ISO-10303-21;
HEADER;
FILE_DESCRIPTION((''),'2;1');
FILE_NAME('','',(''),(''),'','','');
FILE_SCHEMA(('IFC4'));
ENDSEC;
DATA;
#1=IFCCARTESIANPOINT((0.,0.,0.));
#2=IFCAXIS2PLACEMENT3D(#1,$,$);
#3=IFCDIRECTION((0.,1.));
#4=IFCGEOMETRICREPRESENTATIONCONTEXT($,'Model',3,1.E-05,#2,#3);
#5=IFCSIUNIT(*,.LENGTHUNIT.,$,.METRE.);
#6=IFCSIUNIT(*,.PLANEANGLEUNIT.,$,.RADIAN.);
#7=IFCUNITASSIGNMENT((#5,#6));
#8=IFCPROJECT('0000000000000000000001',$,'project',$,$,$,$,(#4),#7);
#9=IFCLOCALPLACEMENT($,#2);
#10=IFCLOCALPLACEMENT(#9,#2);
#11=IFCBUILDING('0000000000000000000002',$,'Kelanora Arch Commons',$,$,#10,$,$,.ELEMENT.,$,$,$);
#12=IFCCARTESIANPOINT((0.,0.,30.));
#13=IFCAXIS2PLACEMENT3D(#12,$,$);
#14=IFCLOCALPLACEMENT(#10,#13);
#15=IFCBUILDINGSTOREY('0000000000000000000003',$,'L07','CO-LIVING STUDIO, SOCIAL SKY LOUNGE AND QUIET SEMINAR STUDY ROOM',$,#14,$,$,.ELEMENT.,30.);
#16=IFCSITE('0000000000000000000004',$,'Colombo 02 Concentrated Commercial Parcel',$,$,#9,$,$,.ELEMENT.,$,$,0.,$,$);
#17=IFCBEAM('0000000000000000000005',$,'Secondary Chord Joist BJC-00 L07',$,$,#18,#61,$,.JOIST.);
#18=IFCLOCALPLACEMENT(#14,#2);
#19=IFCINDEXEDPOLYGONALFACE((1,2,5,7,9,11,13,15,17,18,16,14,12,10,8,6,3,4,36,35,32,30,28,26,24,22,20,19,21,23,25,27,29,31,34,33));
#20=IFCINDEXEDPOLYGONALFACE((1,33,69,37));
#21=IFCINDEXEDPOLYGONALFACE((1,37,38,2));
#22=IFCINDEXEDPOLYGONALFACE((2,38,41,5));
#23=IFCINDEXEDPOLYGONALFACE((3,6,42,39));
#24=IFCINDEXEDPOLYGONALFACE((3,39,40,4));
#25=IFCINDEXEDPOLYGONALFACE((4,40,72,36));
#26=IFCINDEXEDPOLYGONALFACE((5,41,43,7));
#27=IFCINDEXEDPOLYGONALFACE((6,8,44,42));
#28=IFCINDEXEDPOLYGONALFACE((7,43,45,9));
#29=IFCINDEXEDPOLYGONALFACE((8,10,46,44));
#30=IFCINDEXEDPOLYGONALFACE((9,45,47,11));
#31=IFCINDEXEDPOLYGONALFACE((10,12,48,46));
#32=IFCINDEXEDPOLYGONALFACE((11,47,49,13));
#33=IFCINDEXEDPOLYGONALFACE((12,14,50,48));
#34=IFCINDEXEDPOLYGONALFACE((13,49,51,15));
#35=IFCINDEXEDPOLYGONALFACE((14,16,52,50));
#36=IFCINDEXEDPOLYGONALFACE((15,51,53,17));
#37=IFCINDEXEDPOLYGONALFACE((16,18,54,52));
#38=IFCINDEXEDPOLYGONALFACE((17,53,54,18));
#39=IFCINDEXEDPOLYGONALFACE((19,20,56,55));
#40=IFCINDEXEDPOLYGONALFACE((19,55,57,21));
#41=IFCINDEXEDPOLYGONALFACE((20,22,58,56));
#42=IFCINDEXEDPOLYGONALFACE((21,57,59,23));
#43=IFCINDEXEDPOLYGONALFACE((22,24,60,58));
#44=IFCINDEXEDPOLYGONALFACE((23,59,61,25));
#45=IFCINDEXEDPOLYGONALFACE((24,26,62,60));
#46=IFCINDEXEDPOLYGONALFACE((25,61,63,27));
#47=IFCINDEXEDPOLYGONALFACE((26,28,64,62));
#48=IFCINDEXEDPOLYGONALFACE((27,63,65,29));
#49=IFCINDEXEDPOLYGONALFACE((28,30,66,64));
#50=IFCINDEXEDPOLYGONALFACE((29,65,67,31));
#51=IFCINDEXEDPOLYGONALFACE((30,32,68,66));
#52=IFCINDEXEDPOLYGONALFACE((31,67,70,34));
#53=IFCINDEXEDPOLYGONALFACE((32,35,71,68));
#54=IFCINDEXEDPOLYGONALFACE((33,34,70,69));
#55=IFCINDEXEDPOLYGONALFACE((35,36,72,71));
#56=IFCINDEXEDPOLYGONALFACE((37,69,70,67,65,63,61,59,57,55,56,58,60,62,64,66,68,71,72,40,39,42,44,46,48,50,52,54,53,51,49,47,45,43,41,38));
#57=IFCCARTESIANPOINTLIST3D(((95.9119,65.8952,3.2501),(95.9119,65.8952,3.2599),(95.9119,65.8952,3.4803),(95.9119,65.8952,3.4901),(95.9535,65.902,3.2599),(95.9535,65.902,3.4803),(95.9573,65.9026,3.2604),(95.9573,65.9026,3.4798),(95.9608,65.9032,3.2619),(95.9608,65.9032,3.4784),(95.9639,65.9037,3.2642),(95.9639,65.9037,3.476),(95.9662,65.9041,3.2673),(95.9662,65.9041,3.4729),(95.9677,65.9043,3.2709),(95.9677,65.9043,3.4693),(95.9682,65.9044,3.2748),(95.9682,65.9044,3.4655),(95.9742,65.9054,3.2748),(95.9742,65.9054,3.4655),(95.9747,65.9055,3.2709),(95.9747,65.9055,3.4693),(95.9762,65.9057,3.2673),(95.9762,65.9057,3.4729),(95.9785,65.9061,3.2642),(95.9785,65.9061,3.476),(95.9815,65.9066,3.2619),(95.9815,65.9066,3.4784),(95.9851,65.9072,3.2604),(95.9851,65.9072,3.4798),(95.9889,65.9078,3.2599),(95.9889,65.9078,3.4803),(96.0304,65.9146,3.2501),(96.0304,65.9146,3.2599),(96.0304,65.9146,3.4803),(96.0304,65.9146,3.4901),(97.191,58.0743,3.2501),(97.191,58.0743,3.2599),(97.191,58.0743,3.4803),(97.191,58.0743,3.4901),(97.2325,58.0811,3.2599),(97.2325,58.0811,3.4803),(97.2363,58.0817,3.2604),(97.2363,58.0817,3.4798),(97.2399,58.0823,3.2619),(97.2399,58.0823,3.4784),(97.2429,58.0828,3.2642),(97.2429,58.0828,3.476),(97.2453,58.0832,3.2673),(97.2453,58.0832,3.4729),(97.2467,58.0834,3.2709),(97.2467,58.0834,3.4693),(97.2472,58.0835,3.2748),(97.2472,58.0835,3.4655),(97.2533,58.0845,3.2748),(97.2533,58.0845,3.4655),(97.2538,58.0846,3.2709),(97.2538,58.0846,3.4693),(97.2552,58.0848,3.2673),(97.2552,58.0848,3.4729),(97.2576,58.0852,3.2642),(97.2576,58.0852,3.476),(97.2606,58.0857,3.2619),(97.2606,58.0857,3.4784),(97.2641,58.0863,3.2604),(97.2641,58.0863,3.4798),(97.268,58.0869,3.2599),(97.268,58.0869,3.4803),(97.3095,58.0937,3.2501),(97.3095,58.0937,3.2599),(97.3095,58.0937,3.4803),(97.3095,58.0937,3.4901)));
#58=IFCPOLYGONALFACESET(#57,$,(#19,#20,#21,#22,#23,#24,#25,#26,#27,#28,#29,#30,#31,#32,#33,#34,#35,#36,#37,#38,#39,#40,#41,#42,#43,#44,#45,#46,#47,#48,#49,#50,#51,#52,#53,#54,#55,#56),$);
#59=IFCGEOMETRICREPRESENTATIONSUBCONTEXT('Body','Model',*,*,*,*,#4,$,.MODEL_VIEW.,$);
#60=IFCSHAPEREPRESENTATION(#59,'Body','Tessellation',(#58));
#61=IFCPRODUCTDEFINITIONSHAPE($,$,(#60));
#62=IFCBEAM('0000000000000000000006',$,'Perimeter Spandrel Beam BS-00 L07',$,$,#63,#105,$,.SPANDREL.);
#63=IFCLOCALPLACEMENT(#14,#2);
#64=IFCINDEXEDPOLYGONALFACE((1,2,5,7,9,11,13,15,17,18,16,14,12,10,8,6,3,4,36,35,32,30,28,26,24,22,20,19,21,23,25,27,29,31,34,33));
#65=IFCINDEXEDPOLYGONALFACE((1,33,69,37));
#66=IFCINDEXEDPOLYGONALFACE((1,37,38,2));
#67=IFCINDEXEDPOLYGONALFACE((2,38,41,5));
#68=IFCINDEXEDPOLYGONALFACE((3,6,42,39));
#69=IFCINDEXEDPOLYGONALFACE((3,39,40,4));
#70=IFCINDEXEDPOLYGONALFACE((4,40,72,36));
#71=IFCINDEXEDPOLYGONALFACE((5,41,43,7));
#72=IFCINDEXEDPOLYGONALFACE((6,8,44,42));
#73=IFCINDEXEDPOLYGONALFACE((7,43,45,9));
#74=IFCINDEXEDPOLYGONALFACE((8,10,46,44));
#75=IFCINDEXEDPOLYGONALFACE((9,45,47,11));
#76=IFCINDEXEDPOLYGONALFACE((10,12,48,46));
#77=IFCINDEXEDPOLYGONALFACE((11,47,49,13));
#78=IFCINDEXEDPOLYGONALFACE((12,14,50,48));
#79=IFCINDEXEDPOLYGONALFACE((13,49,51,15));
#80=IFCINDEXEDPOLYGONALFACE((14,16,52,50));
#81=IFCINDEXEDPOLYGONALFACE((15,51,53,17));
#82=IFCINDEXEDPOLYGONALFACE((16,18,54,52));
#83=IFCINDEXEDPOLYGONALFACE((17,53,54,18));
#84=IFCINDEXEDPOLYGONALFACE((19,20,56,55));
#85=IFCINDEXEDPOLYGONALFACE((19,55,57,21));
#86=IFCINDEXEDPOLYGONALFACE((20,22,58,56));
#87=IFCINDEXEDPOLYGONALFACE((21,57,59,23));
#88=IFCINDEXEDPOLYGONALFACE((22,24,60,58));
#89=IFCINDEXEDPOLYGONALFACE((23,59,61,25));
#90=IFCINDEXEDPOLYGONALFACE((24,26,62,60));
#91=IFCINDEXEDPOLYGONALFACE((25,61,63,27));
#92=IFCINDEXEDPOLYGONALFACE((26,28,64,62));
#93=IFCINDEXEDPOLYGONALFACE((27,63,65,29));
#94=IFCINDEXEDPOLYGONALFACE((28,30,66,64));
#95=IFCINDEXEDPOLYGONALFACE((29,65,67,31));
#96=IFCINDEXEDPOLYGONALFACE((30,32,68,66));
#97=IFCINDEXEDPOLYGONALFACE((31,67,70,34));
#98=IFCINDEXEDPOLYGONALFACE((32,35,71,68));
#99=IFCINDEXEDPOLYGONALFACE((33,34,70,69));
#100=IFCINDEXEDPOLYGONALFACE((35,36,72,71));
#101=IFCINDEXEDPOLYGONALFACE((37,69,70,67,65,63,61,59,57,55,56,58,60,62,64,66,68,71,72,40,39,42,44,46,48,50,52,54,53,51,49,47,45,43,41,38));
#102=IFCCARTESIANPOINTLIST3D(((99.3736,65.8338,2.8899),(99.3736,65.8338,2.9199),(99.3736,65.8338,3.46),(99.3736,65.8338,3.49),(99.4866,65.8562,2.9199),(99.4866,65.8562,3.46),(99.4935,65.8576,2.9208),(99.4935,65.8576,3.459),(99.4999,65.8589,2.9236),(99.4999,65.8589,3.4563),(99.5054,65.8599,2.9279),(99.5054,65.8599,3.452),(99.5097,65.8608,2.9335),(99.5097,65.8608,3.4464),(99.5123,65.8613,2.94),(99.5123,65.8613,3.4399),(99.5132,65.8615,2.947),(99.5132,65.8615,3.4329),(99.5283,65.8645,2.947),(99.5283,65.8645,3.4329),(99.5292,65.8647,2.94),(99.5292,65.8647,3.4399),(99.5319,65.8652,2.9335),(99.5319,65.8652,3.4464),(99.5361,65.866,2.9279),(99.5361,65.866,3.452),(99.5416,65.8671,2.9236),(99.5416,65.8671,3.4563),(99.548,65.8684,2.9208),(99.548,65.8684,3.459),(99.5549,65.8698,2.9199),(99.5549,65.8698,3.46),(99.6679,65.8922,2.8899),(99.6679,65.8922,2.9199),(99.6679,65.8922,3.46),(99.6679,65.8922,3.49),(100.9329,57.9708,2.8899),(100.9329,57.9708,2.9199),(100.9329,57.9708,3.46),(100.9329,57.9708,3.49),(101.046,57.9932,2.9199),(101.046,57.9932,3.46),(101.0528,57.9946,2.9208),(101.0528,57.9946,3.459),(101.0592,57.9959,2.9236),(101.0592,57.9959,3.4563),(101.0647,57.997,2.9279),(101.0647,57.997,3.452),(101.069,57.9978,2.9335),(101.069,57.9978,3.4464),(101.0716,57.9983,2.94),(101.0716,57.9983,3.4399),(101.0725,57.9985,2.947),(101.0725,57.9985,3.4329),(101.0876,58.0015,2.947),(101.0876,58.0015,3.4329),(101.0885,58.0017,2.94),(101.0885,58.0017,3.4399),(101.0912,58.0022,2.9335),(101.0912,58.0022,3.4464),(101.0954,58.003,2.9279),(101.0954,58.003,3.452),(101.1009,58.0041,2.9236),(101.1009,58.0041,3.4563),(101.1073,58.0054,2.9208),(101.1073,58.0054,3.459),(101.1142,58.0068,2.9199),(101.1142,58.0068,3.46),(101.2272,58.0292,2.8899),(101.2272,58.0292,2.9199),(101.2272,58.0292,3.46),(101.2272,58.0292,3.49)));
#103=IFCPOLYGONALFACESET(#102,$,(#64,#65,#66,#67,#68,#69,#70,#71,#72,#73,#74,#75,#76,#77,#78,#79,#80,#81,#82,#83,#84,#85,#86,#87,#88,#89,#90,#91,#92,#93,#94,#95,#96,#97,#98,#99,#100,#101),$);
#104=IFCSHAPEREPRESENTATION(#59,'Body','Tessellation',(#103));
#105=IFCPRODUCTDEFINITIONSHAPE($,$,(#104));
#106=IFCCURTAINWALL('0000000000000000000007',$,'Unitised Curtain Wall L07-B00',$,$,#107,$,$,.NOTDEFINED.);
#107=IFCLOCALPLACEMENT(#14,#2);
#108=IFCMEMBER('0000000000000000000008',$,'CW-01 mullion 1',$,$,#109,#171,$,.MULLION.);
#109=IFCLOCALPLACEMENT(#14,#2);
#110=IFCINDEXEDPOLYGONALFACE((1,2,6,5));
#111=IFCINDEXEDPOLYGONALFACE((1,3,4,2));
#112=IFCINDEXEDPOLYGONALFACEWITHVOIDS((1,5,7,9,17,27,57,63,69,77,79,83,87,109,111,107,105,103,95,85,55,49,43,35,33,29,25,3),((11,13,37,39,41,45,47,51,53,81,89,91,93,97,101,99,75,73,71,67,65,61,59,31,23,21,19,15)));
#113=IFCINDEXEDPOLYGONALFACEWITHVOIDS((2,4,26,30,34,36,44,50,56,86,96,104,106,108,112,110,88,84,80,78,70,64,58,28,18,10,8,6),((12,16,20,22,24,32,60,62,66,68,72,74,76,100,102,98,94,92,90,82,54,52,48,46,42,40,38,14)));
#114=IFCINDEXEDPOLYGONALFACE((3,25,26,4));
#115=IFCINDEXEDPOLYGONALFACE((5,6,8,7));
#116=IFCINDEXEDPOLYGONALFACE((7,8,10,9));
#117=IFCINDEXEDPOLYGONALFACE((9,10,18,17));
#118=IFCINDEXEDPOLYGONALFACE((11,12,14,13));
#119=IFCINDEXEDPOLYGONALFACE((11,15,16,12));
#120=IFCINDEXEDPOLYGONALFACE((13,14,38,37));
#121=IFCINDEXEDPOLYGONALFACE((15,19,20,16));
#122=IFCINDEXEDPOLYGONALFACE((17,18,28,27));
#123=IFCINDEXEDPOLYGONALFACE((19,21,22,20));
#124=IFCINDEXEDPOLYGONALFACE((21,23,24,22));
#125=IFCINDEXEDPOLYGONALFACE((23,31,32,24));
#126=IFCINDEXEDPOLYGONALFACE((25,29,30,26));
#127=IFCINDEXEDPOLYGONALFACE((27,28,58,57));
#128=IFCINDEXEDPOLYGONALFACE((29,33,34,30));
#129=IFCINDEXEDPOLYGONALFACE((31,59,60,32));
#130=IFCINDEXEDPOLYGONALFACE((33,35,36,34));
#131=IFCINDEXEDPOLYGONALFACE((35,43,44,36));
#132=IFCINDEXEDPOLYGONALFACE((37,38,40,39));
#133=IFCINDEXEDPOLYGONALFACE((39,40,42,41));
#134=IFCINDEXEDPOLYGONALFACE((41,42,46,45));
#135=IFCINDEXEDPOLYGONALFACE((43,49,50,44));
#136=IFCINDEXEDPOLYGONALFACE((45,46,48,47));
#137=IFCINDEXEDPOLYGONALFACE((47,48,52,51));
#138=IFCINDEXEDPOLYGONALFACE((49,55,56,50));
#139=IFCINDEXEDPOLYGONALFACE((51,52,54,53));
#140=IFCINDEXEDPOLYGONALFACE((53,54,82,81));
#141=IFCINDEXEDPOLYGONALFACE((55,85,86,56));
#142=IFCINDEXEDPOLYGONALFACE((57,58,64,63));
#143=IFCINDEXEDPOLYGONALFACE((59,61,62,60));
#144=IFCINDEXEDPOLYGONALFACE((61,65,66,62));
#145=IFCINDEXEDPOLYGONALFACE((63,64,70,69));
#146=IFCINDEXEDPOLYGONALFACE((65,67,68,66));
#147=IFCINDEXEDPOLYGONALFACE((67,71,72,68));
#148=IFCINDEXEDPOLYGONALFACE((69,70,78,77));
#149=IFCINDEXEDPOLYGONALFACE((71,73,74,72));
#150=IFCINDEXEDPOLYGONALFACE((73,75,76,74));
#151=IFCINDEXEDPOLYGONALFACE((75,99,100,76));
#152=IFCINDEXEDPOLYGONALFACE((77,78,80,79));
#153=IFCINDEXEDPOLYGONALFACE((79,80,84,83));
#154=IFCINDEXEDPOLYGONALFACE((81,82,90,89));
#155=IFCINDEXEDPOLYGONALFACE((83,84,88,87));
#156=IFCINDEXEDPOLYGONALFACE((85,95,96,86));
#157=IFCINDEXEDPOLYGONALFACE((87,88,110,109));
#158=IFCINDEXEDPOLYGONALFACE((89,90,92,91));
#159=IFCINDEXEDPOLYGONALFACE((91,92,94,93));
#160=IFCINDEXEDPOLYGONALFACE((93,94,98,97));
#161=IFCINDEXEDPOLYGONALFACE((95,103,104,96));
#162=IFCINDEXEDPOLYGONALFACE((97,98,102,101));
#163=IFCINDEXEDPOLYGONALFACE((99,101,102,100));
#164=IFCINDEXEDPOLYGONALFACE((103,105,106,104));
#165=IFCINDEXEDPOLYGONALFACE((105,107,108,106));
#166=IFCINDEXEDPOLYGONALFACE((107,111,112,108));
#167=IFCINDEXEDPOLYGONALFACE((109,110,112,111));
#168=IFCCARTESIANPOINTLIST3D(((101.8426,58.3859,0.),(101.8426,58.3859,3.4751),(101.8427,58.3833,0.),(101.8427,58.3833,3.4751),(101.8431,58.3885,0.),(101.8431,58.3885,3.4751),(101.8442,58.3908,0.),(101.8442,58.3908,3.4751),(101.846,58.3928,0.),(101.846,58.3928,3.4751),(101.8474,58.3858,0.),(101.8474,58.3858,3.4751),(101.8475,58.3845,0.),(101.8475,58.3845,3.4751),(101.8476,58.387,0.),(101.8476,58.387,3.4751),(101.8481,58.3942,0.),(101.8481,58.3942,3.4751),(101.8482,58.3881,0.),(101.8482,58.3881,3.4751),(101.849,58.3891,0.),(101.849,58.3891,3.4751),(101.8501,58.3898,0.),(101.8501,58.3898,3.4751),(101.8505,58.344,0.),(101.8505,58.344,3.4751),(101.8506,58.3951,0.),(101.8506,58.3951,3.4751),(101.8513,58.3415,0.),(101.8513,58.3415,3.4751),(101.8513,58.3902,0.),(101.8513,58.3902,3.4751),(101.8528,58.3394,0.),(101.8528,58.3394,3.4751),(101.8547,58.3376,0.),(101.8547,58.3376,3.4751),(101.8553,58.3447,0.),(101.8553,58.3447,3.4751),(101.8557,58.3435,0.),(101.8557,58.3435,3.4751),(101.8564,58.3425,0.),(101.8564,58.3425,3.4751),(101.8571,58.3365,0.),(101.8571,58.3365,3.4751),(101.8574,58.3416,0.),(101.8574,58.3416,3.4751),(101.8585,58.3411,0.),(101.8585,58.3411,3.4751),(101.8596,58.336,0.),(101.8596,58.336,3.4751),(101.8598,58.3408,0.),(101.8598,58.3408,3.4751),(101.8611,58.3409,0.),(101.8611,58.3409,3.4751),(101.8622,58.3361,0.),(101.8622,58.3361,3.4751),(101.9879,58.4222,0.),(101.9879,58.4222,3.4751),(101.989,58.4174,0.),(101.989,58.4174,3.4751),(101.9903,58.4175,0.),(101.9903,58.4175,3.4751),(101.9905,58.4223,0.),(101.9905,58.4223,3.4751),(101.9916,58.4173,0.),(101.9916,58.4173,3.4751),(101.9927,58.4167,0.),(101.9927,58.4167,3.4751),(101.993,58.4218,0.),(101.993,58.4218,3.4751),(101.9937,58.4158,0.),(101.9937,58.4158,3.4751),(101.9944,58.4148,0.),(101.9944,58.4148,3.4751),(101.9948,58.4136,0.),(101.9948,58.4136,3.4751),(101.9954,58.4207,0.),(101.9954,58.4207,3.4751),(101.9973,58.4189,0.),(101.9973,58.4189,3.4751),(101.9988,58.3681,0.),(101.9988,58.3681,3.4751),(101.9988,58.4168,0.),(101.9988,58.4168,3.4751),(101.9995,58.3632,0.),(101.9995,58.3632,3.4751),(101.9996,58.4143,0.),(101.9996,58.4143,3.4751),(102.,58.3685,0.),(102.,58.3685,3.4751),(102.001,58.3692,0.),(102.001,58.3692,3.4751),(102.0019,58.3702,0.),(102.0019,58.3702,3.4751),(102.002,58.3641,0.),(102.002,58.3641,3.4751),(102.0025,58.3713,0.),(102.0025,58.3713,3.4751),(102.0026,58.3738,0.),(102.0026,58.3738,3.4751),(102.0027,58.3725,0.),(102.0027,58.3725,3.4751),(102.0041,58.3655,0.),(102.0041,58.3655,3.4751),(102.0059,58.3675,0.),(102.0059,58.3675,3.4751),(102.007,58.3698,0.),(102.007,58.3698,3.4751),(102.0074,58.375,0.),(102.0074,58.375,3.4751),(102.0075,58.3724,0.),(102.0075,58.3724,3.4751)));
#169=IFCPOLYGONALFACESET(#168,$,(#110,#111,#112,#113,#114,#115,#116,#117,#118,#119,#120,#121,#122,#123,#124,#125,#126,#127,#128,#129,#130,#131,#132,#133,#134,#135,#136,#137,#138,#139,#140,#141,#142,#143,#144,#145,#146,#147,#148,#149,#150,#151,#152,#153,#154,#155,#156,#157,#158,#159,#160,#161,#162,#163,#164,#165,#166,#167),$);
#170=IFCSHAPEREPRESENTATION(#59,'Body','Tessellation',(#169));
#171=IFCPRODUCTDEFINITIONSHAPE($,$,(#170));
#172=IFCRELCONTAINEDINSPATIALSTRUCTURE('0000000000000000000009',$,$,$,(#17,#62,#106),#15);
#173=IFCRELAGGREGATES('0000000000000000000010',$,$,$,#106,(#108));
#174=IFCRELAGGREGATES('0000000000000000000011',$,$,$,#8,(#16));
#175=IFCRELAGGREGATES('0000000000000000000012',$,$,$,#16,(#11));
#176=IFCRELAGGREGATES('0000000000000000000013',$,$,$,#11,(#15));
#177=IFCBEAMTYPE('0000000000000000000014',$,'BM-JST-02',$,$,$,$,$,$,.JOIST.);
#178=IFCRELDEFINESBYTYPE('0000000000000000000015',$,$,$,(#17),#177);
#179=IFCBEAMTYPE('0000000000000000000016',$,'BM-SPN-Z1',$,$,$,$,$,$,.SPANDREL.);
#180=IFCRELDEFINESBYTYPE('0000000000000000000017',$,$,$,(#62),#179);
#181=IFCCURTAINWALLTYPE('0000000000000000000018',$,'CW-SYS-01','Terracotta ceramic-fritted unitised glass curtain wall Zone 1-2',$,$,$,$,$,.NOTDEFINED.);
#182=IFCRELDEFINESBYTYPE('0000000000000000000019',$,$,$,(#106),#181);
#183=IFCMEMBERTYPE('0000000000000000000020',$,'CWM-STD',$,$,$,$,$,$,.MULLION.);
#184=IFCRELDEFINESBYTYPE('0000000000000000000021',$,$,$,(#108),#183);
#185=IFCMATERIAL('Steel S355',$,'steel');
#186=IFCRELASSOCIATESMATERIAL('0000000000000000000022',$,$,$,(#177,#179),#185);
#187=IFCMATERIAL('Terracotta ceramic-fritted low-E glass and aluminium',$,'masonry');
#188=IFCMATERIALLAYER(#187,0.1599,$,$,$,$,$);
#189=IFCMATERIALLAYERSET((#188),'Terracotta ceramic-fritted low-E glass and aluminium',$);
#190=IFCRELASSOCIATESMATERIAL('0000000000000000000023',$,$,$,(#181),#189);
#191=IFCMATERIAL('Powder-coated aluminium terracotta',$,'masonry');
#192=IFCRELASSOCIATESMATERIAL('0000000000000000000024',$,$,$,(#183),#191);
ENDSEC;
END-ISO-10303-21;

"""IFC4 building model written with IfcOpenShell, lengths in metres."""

from ifc_helpers import new_model, si_unit, direction, frame, origin, origin_2d, place, context, subcontext, project, spatial, hollow_rectangle, i_section, extrude, material, layer, layer_set, material_profile, profile_set, type_object, element, aggregate, save


model = new_model("IFC4")

# Units and contexts
model_context = context("Model", 3, precision=1e-05, world=origin(), true_north=direction((0.0, 1.0)))
body_context = subcontext(model_context, "Body", "Model", "MODEL_VIEW")
ifc_project = project(units=[si_unit("LENGTHUNIT", "METRE"), si_unit("PLANEANGLEUNIT", "RADIAN")], contexts=[model_context])

# Site, building, storey
site_placement = place(None, origin())
site = spatial("IfcSite", under=ifc_project, at=site_placement, Name="Colombo 02 Concentrated Commercial Parcel", CompositionType="ELEMENT", RefElevation=0.0)
building_placement = place(site_placement, origin())
building = spatial("IfcBuilding", under=site, at=building_placement, Name="Kelanora Arch Commons", CompositionType="ELEMENT")
storey_placement = place(building_placement, frame((0.0, 0.0, 30.0)))
storey = spatial("IfcBuildingStorey", under=building, at=storey_placement, Name="L07", Description="CO-LIVING STUDIO, SOCIAL SKY LOUNGE AND QUIET SEMINAR STUDY ROOM", CompositionType="ELEMENT", Elevation=30.0)

# Beams
ifc_material_1 = material(Name="Steel S355", Category="steel")
ifc_material_profile_1 = material_profile(ifc_material_1, i_section(OverallWidth=0.1201, OverallDepth=0.24, WebThickness=0.0061, FlangeThickness=0.0098, FilletRadius=0.0149, at=origin_2d()), Name="IPE240")
ifc_profile_set_1 = profile_set([ifc_material_profile_1], Name="Steel S355")
beam_type_1 = type_object("IfcBeamType", Name="BM-JST-02", PredefinedType="JOIST", material=ifc_profile_set_1)
beam_1_placement = place(storey_placement, frame((97.2502, 58.084, 3.3701), z_axis=(-0.161401, 0.986889, 0.0), x_axis=(-0.986889, -0.161401, 0.0)))
element("IfcBeam", 1, at=beam_1_placement, inside=storey, type_object=beam_type_1, Name="Secondary Chord Joist BJC-00 L07", PredefinedType="JOIST", context=body_context, shape_type="SweptSolid", body=[
    extrude(i_section(OverallWidth=0.1201, OverallDepth=0.24, WebThickness=0.0061, FlangeThickness=0.0098, FilletRadius=0.0149, at=origin_2d()), origin(), (0.0, 0.0, 1.0), 7.9248),
])
ifc_material_profile_2 = material_profile(ifc_material_1, i_section(OverallWidth=0.3, OverallDepth=0.6001, WebThickness=0.0154, FlangeThickness=0.03, FilletRadius=0.0271, at=origin_2d()), Name="HEB600")
ifc_profile_set_2 = profile_set([ifc_material_profile_2], Name="Steel S355")
beam_type_2 = type_object("IfcBeamType", Name="BM-SPN-Z1", PredefinedType="SPANDREL", material=ifc_profile_set_2)
beam_2_placement = place(storey_placement, frame((101.0801, 58.0, 3.1899), z_axis=(-0.194523, 0.980898, 0.0), x_axis=(-0.980898, -0.194523, 0.0)))
element("IfcBeam", 2, at=beam_2_placement, inside=storey, type_object=beam_type_2, Name="Perimeter Spandrel Beam BS-00 L07", PredefinedType="SPANDREL", context=body_context, shape_type="SweptSolid", body=[
    extrude(i_section(OverallWidth=0.3, OverallDepth=0.6001, WebThickness=0.0154, FlangeThickness=0.03, FilletRadius=0.0271, at=origin_2d()), origin(), (0.0, 0.0, 1.0), 8.0161),
])

# Curtain wall, member
ifc_material_2 = material(Name="Terracotta ceramic-fritted low-E glass and aluminium", Category="masonry")
ifc_layer_1 = layer(ifc_material_2, 0.1599)
ifc_layer_set_1 = layer_set([ifc_layer_1], Name="Terracotta ceramic-fritted low-E glass and aluminium")
curtain_wall_type = type_object("IfcCurtainWallType", Name="CW-SYS-01", Description="Terracotta ceramic-fritted unitised glass curtain wall Zone 1-2", PredefinedType="NOTDEFINED", material=ifc_layer_set_1)
curtain_wall_placement = place(storey_placement, origin())
curtain_wall = element("IfcCurtainWall", 3, at=curtain_wall_placement, inside=storey, type_object=curtain_wall_type, Name="Unitised Curtain Wall L07-B00", PredefinedType="NOTDEFINED")
ifc_material_3 = material(Name="Powder-coated aluminium terracotta", Category="masonry")
ifc_material_profile_3 = material_profile(ifc_material_3, hollow_rectangle(XDim=0.1599, YDim=0.0601, WallThickness=0.0049, InnerFilletRadius=0.0049, OuterFilletRadius=0.01, at=origin_2d()), Name="CWM160x60")
ifc_profile_set_3 = profile_set([ifc_material_profile_3], Name="Powder-coated aluminium terracotta")
member_type_1 = type_object("IfcMemberType", Name="CWM-STD", PredefinedType="MULLION", material=ifc_profile_set_3)
member_1_placement = place(storey_placement, frame((101.925, 58.3792, 0.0), z_axis=(0.0, 0.0, 1.0), x_axis=(-0.981052, -0.193744, 0.0)))
member_1 = element("IfcMember", 4, at=member_1_placement, type_object=member_type_1, Name="CW-01 mullion 1", PredefinedType="MULLION", context=body_context, shape_type="SweptSolid", body=[
    extrude(hollow_rectangle(XDim=0.1599, YDim=0.0601, WallThickness=0.0049, InnerFilletRadius=0.0049, OuterFilletRadius=0.01, at=origin_2d()), origin(), (0.0, 0.0, 1.0), 3.4751),
])
aggregate(curtain_wall, [member_1])

save(model, "model.ifc")
